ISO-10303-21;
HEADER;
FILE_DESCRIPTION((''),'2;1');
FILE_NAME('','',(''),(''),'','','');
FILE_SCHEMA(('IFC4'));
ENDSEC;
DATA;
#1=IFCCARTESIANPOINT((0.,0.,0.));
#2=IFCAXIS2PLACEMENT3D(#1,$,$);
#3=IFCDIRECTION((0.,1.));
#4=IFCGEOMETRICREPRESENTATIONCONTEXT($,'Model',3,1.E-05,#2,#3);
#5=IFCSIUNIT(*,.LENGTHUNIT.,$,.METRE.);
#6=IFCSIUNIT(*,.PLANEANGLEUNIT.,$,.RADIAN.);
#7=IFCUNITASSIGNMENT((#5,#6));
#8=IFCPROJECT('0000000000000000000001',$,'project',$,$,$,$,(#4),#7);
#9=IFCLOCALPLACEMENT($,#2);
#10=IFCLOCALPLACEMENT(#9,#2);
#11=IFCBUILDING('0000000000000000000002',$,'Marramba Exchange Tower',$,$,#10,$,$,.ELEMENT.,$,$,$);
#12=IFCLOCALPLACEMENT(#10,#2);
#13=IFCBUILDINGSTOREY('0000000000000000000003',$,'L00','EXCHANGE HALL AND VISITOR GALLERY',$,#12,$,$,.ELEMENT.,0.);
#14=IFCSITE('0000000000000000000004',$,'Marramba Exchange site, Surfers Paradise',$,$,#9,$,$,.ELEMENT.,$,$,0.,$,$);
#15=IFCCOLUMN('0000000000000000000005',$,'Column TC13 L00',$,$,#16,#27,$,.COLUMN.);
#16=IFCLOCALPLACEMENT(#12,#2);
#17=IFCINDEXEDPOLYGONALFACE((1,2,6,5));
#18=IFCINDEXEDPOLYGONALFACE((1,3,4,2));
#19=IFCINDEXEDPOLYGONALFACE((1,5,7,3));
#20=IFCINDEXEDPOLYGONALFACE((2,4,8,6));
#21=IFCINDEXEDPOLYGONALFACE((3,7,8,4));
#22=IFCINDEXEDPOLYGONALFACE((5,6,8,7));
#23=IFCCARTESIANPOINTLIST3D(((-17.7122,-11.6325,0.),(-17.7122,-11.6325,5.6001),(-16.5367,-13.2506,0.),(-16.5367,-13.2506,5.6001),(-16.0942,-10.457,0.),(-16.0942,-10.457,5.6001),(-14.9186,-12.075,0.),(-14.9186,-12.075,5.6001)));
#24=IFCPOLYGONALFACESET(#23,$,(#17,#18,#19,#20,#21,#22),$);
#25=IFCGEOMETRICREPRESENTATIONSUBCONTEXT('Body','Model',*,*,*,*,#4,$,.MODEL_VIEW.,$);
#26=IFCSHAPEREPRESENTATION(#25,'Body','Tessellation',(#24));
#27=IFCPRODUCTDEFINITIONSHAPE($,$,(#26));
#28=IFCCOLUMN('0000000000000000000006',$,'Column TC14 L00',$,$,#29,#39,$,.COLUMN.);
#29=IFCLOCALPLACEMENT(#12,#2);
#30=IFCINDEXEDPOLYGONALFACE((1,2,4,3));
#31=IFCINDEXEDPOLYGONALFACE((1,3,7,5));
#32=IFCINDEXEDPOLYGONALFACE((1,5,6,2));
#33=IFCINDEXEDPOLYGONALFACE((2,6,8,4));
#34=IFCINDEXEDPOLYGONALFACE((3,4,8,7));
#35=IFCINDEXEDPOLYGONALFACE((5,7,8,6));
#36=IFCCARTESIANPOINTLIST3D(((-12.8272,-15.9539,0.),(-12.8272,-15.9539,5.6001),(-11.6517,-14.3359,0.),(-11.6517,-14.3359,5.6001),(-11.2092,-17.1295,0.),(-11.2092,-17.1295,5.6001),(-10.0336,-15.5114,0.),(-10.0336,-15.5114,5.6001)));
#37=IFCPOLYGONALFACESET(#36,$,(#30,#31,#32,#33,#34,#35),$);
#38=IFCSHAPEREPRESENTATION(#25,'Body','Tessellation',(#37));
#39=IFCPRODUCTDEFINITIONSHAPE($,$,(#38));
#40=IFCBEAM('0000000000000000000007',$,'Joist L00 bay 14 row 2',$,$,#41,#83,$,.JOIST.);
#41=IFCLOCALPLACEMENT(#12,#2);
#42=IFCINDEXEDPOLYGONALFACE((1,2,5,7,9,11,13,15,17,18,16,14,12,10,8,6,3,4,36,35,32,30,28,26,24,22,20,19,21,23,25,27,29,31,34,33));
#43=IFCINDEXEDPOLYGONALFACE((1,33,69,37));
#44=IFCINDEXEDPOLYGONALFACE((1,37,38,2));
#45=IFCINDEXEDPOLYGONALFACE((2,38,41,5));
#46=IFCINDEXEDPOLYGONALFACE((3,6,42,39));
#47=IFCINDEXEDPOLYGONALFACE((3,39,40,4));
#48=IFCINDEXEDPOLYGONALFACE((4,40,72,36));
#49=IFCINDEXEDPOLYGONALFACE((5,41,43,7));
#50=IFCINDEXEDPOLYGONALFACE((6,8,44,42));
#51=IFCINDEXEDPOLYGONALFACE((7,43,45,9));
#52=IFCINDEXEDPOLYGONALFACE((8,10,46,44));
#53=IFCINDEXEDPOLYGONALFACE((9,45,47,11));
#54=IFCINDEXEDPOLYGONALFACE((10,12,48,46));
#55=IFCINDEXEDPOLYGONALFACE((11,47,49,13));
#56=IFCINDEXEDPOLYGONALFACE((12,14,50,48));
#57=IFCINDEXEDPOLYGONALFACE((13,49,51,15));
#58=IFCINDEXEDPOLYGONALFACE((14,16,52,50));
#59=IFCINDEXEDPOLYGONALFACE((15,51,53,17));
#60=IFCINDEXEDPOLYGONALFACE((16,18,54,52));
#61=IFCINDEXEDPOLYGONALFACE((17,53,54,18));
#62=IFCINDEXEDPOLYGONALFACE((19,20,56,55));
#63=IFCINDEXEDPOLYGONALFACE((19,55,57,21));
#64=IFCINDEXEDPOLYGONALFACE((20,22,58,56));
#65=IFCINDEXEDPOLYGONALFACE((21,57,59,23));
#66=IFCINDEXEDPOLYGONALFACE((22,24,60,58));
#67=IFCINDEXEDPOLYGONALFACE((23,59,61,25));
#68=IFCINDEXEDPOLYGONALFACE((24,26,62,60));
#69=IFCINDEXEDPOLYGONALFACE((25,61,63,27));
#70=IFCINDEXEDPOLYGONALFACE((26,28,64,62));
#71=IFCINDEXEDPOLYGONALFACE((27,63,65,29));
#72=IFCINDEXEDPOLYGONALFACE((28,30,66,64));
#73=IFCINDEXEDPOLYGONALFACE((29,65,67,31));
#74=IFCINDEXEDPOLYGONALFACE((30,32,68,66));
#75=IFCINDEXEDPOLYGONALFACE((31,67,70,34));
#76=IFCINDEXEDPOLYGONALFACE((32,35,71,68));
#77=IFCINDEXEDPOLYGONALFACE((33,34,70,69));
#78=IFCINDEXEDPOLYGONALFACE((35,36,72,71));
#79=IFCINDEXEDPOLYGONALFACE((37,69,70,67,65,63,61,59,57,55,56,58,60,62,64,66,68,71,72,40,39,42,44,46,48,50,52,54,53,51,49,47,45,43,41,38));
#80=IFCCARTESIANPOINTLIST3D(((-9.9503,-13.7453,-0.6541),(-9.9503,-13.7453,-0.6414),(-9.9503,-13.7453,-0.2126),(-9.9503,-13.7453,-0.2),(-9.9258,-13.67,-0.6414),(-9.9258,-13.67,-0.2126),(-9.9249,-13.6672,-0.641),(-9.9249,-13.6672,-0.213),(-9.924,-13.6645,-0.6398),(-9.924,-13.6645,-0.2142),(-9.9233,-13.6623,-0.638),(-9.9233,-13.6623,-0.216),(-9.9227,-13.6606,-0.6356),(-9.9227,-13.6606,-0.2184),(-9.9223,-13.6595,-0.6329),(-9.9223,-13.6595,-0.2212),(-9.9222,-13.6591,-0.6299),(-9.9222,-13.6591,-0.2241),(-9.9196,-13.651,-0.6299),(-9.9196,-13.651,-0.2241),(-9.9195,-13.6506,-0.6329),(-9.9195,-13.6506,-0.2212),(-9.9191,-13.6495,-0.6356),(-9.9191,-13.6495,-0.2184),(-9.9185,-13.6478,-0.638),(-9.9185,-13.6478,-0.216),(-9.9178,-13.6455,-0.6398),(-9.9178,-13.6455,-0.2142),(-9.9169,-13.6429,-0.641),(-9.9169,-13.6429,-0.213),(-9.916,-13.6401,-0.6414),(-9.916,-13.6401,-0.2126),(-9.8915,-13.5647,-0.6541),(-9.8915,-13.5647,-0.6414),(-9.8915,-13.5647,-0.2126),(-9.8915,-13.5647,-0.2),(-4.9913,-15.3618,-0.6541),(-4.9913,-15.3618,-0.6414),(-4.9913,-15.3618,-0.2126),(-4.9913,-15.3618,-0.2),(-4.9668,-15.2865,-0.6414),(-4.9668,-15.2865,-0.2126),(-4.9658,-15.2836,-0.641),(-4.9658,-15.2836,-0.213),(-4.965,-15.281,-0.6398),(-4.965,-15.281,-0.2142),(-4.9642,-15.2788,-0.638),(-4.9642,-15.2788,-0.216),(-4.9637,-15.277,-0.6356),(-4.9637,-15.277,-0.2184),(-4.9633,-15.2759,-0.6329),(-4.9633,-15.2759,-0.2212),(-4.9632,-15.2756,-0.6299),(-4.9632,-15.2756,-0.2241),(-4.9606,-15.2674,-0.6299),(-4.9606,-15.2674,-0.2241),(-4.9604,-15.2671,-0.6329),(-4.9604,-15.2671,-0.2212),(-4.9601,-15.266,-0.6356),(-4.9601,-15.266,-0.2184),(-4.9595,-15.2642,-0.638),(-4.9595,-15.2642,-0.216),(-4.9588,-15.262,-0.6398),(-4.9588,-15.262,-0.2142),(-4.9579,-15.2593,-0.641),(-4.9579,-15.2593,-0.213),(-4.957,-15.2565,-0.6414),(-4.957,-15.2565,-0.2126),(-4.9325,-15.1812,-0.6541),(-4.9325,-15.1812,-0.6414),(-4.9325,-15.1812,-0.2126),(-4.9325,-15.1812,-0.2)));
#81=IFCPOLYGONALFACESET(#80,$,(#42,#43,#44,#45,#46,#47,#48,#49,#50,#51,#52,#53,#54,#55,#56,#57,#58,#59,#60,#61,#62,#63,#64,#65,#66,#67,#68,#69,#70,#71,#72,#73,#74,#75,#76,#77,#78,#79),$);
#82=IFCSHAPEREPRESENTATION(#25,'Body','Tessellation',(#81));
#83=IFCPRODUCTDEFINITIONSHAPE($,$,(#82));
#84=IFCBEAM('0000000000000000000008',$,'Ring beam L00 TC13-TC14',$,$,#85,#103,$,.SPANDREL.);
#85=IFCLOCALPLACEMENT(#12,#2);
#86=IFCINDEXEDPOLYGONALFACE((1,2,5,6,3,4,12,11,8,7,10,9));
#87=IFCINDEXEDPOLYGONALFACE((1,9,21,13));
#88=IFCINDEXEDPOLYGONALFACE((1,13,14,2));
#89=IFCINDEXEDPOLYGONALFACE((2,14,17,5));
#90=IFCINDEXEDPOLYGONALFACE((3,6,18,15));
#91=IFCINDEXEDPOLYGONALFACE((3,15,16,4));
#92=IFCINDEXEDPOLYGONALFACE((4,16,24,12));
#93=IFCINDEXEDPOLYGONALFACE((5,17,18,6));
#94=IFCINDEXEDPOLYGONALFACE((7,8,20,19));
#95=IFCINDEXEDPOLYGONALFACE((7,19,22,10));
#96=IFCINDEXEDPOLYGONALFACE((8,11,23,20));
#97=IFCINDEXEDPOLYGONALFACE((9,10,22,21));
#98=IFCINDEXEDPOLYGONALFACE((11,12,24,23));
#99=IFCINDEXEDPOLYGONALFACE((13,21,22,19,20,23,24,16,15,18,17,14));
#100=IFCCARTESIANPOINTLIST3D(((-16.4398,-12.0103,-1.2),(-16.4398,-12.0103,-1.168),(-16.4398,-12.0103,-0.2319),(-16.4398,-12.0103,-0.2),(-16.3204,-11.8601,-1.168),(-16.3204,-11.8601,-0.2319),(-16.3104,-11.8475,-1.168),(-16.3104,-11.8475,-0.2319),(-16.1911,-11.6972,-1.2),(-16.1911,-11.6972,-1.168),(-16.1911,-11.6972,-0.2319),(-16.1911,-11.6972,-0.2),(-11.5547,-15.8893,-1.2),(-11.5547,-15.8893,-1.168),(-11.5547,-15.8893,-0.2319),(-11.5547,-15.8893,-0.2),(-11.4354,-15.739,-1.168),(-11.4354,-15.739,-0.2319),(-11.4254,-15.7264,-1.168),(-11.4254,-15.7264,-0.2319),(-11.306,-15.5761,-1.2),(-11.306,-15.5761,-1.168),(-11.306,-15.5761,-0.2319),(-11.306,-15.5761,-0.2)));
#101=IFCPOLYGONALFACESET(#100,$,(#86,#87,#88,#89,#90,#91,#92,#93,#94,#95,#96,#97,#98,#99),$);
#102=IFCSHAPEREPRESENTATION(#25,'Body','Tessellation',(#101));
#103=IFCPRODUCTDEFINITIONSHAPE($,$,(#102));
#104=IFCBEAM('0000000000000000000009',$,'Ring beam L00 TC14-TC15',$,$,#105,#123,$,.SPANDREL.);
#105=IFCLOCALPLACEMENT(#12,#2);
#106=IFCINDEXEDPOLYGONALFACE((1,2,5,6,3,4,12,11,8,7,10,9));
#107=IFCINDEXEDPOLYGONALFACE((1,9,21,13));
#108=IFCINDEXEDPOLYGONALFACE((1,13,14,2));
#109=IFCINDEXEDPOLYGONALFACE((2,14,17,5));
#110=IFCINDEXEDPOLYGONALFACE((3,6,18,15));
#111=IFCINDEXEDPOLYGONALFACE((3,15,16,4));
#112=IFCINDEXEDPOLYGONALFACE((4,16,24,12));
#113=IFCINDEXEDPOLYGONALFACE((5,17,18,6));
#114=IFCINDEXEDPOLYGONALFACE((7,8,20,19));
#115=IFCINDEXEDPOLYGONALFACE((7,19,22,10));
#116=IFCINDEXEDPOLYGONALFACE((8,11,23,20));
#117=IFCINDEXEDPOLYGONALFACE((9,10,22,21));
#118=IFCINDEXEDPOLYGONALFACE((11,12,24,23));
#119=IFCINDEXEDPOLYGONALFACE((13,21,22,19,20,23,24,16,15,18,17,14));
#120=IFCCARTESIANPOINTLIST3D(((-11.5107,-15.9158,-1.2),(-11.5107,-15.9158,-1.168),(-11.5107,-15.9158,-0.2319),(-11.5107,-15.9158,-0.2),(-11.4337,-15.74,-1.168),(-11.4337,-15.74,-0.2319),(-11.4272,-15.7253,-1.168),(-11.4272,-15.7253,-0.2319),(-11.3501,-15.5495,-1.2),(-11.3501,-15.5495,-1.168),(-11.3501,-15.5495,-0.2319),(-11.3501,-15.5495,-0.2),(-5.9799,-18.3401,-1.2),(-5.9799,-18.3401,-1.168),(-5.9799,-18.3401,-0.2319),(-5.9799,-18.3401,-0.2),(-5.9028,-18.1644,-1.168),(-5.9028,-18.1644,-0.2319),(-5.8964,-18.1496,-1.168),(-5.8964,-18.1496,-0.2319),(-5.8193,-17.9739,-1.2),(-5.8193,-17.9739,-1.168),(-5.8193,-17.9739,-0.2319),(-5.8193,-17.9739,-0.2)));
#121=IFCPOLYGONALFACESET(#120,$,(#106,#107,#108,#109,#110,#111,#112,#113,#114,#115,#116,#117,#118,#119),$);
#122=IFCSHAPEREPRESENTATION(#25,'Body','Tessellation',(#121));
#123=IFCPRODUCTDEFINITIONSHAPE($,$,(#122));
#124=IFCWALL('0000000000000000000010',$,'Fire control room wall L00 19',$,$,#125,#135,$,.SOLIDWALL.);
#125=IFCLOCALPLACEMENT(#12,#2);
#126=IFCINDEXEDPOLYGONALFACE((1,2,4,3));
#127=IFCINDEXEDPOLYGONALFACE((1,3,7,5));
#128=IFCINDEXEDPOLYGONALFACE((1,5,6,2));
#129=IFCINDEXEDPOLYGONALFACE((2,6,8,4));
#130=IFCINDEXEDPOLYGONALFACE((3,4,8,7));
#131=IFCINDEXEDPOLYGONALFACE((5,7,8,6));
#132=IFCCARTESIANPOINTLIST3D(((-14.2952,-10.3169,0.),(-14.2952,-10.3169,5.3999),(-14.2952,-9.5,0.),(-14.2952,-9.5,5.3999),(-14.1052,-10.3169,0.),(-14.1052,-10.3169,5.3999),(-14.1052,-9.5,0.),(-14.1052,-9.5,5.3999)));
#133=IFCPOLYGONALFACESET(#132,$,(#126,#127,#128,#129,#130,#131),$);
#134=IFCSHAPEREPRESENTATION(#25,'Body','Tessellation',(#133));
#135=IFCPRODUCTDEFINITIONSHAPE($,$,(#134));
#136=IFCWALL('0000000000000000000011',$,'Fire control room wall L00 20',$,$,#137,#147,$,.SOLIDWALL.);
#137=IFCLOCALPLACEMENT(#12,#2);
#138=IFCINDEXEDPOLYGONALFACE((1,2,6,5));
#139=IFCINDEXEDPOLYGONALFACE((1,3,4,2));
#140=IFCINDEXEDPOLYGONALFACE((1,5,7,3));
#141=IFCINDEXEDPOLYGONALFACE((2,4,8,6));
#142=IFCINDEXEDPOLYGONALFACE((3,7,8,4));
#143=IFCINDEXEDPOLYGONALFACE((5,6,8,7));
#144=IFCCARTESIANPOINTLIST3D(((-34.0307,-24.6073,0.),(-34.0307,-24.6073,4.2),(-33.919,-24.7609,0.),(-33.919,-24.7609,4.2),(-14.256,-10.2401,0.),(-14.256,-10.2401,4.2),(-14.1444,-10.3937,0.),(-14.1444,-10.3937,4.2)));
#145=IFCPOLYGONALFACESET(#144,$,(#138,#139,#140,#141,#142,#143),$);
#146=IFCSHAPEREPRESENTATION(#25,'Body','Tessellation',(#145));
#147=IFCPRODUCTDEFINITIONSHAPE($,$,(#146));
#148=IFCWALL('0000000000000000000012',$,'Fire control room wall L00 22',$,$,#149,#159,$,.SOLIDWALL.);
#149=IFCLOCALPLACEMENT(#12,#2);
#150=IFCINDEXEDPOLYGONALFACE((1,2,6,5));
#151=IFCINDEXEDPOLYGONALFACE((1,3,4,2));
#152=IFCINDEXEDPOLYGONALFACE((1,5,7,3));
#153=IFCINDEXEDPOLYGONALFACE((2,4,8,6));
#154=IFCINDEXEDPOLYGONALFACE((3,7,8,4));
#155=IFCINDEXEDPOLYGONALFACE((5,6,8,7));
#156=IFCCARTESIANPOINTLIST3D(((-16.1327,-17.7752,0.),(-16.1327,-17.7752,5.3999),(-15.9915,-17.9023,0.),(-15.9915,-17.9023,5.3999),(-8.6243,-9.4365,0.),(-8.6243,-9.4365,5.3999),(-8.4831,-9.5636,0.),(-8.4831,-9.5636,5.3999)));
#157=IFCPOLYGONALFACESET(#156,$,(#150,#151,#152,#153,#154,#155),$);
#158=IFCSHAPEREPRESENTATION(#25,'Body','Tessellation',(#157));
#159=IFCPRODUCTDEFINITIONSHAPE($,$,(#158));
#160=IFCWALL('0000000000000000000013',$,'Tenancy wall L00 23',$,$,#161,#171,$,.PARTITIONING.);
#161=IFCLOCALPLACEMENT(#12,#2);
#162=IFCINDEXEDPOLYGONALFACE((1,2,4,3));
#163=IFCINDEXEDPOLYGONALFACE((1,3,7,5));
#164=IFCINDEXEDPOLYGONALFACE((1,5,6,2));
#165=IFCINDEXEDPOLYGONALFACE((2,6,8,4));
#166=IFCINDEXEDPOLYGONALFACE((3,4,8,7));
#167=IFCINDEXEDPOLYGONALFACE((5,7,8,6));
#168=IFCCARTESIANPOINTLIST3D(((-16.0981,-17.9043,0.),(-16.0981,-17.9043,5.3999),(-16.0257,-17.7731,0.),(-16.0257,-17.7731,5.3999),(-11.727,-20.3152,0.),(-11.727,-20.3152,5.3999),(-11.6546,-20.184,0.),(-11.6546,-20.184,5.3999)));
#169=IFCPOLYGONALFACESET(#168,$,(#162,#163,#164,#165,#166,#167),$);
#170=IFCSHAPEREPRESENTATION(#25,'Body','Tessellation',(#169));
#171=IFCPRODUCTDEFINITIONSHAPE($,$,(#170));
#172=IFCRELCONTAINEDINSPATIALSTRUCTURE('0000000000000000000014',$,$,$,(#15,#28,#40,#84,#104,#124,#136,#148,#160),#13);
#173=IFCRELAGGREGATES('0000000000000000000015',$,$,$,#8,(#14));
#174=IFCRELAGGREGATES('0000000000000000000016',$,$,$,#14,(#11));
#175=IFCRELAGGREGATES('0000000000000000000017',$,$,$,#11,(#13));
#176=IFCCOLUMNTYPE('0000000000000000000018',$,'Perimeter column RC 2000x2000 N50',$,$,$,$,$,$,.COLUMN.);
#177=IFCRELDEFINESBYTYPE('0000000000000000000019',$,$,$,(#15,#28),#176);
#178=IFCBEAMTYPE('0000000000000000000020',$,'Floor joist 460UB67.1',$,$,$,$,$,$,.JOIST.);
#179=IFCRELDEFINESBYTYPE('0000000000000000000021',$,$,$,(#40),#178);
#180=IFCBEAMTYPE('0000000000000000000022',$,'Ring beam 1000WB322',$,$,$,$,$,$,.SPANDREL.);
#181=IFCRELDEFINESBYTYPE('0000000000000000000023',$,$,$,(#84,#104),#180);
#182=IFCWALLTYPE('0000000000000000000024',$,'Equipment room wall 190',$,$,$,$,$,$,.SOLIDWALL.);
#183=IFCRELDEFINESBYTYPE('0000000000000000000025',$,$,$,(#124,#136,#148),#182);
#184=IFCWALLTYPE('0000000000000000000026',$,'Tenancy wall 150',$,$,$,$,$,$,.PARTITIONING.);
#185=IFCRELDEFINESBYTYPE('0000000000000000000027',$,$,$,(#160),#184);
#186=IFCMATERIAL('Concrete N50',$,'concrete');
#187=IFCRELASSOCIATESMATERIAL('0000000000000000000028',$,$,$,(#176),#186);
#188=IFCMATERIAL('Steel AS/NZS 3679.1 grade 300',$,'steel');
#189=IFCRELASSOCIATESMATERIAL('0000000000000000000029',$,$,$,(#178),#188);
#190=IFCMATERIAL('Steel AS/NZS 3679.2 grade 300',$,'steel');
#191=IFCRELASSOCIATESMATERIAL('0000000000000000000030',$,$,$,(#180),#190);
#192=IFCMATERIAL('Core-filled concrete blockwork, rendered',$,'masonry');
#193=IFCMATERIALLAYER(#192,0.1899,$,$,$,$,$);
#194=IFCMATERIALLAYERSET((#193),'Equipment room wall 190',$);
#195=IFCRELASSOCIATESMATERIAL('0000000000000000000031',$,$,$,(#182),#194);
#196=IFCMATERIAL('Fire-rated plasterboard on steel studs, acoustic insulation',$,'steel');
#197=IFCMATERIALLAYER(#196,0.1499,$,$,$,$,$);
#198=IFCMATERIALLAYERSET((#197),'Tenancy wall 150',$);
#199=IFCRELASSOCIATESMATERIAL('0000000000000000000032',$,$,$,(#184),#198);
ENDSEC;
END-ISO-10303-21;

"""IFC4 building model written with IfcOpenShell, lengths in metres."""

from ifc_helpers import new_model, si_unit, direction, frame, frame_2d, origin, origin_2d, place, context, subcontext, project, spatial, rectangle, i_section, extrude, material, layer, layer_set, material_profile, profile_set, type_object, element, save


model = new_model("IFC4")

# Units and contexts
model_context = context("Model", 3, precision=1e-05, world=origin(), true_north=direction((0.0, 1.0)))
body_context = subcontext(model_context, "Body", "Model", "MODEL_VIEW")
ifc_project = project(units=[si_unit("LENGTHUNIT", "METRE"), si_unit("PLANEANGLEUNIT", "RADIAN")], contexts=[model_context])

# Site, building, storey
site_placement = place(None, origin())
site = spatial("IfcSite", under=ifc_project, at=site_placement, Name="Marramba Exchange site, Surfers Paradise", CompositionType="ELEMENT", RefElevation=0.0)
building_placement = place(site_placement, origin())
building = spatial("IfcBuilding", under=site, at=building_placement, Name="Marramba Exchange Tower", CompositionType="ELEMENT")
storey_placement = place(building_placement, origin())
storey = spatial("IfcBuildingStorey", under=building, at=storey_placement, Name="L00", Description="EXCHANGE HALL AND VISITOR GALLERY", CompositionType="ELEMENT", Elevation=0.0)

# Columns
ifc_material_1 = material(Name="Concrete N50", Category="concrete")
ifc_material_profile_1 = material_profile(ifc_material_1, rectangle(XDim=2.0, YDim=2.0, at=origin_2d()), Name="RC 2000x2000")
ifc_profile_set_1 = profile_set([ifc_material_profile_1], Name="Concrete N50")
column_type = type_object("IfcColumnType", Name="Perimeter column RC 2000x2000 N50", PredefinedType="COLUMN", material=ifc_profile_set_1)
for number, where, z_axis, x_axis, name in (
    (1, (-16.3154, -11.8538, 0.0), (0.0, 0.0, 1.0), (-0.809017, -0.587785, 0.0), "Column TC13 L00"),
    (2, (-11.4304, -15.7327, 0.0), (0.0, 0.0, 1.0), (-0.587785, -0.809017, 0.0), "Column TC14 L00"),
):
    element("IfcColumn", number, at=place(storey_placement, frame(where, z_axis=z_axis, x_axis=x_axis)), inside=storey, type_object=column_type, Name=name, PredefinedType="COLUMN", context=body_context, shape_type="SweptSolid", body=[
        extrude(rectangle(XDim=2.0, YDim=2.0, at=origin_2d()), origin(), (0.0, 0.0, 1.0), 5.6001),
    ])

# Beams
ifc_material_2 = material(Name="Steel AS/NZS 3679.1 grade 300", Category="steel")
ifc_material_profile_2 = material_profile(ifc_material_2, i_section(OverallWidth=0.1899, OverallDepth=0.4541, WebThickness=0.0085, FlangeThickness=0.0127, FilletRadius=0.0115, at=origin_2d()), Name="460UB67.1")
ifc_profile_set_2 = profile_set([ifc_material_profile_2], Name="Steel AS/NZS 3679.1 grade 300")
beam_type_1 = type_object("IfcBeamType", Name="Floor joist 460UB67.1", PredefinedType="JOIST", material=ifc_profile_set_2)
beam_1_placement = place(storey_placement, frame((-9.9209, -13.655, -0.427), z_axis=(0.950764, -0.309916, 0.0), x_axis=(0.309916, 0.950764, 0.0)))
element("IfcBeam", 3, at=beam_1_placement, inside=storey, type_object=beam_type_1, Name="Joist L00 bay 14 row 2", PredefinedType="JOIST", context=body_context, shape_type="SweptSolid", body=[
    extrude(i_section(OverallWidth=0.1899, OverallDepth=0.4541, WebThickness=0.0085, FlangeThickness=0.0127, FilletRadius=0.0115, at=origin_2d()), origin(), (0.0, 0.0, 1.0), 5.2158),
])
ifc_material_3 = material(Name="Steel AS/NZS 3679.2 grade 300", Category="steel")
ifc_material_profile_3 = material_profile(ifc_material_3, i_section(OverallWidth=0.3999, OverallDepth=1.0, WebThickness=0.0161, FlangeThickness=0.032, at=origin_2d()), Name="1000WB322")
ifc_profile_set_3 = profile_set([ifc_material_profile_3], Name="Steel AS/NZS 3679.2 grade 300")
beam_type_2 = type_object("IfcBeamType", Name="Ring beam 1000WB322", PredefinedType="SPANDREL", material=ifc_profile_set_3)
beam_2_placement = place(storey_placement, frame((-16.3154, -11.8538, -0.7), z_axis=(0.783139, -0.621846, 0.0), x_axis=(0.621846, 0.783139, 0.0)))
element("IfcBeam", 4, at=beam_2_placement, inside=storey, type_object=beam_type_2, Name="Ring beam L00 TC13-TC14", PredefinedType="SPANDREL", context=body_context, shape_type="SweptSolid", body=[
    extrude(i_section(OverallWidth=0.3999, OverallDepth=1.0, WebThickness=0.0161, FlangeThickness=0.032, at=origin_2d()), origin(), (0.0, 0.0, 1.0), 6.2378),
])
beam_3_placement = place(storey_placement, frame((-11.4304, -15.7327, -0.7), z_axis=(0.915877, -0.401459, 0.0), x_axis=(0.401459, 0.915877, 0.0)))
element("IfcBeam", 5, at=beam_3_placement, inside=storey, type_object=beam_type_2, Name="Ring beam L00 TC14-TC15", PredefinedType="SPANDREL", context=body_context, shape_type="SweptSolid", body=[
    extrude(i_section(OverallWidth=0.3999, OverallDepth=1.0, WebThickness=0.0161, FlangeThickness=0.032, at=origin_2d()), origin(), (0.0, 0.0, 1.0), 6.0388),
])

# Walls
ifc_material_4 = material(Name="Core-filled concrete blockwork, rendered", Category="masonry")
ifc_layer_1 = layer(ifc_material_4, 0.1899)
ifc_layer_set_1 = layer_set([ifc_layer_1], Name="Equipment room wall 190")
wall_type_1 = type_object("IfcWallType", Name="Equipment room wall 190", PredefinedType="SOLIDWALL", material=ifc_layer_set_1)
wall_1_placement = place(storey_placement, frame((-14.2002, -9.5, 0.0), z_axis=(0.0, 0.0, 1.0), x_axis=(0.0, -1.0, 0.0)))
element("IfcWall", 6, at=wall_1_placement, inside=storey, type_object=wall_type_1, Name="Fire control room wall L00 19", PredefinedType="SOLIDWALL", context=body_context, shape_type="SweptSolid", body=[
    extrude(rectangle(XDim=0.8169, YDim=0.1899, at=frame_2d((0.4084, 0.0))), origin(), (0.0, 0.0, 1.0), 5.3999),
])
wall_2_placement = place(storey_placement, frame((-14.2002, -10.3169, 0.0), z_axis=(0.0, 0.0, 1.0), x_axis=(-0.809016, -0.587787, 0.0)))
element("IfcWall", 7, at=wall_2_placement, inside=storey, type_object=wall_type_1, Name="Fire control room wall L00 20", PredefinedType="SOLIDWALL", context=body_context, shape_type="SweptSolid", body=[
    extrude(rectangle(XDim=24.4429, YDim=0.1899, at=frame_2d((12.2214, 0.0))), origin(), (0.0, 0.0, 1.0), 4.2),
])
wall_3_placement = place(storey_placement, frame((-16.062, -17.8386, 0.0), z_axis=(0.0, 0.0, 1.0), x_axis=(0.669139, 0.743137, 0.0)))
element("IfcWall", 8, at=wall_3_placement, inside=storey, type_object=wall_type_1, Name="Fire control room wall L00 22", PredefinedType="SOLIDWALL", context=body_context, shape_type="SweptSolid", body=[
    extrude(rectangle(XDim=11.2209, YDim=0.1899, at=frame_2d((5.6104, 0.0))), origin(), (0.0, 0.0, 1.0), 5.3999),
])
ifc_material_5 = material(Name="Fire-rated plasterboard on steel studs, acoustic insulation", Category="steel")
ifc_layer_2 = layer(ifc_material_5, 0.1499)
ifc_layer_set_2 = layer_set([ifc_layer_2], Name="Tenancy wall 150")
wall_type_2 = type_object("IfcWallType", Name="Tenancy wall 150", PredefinedType="PARTITIONING", material=ifc_layer_set_2)
wall_4_placement = place(storey_placement, frame((-16.062, -17.8386, 0.0), z_axis=(0.0, 0.0, 1.0), x_axis=(0.875641, -0.482962, 0.0)))
element("IfcWall", 9, at=wall_4_placement, inside=storey, type_object=wall_type_2, Name="Tenancy wall L00 23", PredefinedType="PARTITIONING", context=body_context, shape_type="SweptSolid", body=[
    extrude(rectangle(XDim=4.9919, YDim=0.1499, at=frame_2d((2.4961, 0.0))), origin(), (0.0, 0.0, 1.0), 5.3999),
])

save(model, "model.ifc")
